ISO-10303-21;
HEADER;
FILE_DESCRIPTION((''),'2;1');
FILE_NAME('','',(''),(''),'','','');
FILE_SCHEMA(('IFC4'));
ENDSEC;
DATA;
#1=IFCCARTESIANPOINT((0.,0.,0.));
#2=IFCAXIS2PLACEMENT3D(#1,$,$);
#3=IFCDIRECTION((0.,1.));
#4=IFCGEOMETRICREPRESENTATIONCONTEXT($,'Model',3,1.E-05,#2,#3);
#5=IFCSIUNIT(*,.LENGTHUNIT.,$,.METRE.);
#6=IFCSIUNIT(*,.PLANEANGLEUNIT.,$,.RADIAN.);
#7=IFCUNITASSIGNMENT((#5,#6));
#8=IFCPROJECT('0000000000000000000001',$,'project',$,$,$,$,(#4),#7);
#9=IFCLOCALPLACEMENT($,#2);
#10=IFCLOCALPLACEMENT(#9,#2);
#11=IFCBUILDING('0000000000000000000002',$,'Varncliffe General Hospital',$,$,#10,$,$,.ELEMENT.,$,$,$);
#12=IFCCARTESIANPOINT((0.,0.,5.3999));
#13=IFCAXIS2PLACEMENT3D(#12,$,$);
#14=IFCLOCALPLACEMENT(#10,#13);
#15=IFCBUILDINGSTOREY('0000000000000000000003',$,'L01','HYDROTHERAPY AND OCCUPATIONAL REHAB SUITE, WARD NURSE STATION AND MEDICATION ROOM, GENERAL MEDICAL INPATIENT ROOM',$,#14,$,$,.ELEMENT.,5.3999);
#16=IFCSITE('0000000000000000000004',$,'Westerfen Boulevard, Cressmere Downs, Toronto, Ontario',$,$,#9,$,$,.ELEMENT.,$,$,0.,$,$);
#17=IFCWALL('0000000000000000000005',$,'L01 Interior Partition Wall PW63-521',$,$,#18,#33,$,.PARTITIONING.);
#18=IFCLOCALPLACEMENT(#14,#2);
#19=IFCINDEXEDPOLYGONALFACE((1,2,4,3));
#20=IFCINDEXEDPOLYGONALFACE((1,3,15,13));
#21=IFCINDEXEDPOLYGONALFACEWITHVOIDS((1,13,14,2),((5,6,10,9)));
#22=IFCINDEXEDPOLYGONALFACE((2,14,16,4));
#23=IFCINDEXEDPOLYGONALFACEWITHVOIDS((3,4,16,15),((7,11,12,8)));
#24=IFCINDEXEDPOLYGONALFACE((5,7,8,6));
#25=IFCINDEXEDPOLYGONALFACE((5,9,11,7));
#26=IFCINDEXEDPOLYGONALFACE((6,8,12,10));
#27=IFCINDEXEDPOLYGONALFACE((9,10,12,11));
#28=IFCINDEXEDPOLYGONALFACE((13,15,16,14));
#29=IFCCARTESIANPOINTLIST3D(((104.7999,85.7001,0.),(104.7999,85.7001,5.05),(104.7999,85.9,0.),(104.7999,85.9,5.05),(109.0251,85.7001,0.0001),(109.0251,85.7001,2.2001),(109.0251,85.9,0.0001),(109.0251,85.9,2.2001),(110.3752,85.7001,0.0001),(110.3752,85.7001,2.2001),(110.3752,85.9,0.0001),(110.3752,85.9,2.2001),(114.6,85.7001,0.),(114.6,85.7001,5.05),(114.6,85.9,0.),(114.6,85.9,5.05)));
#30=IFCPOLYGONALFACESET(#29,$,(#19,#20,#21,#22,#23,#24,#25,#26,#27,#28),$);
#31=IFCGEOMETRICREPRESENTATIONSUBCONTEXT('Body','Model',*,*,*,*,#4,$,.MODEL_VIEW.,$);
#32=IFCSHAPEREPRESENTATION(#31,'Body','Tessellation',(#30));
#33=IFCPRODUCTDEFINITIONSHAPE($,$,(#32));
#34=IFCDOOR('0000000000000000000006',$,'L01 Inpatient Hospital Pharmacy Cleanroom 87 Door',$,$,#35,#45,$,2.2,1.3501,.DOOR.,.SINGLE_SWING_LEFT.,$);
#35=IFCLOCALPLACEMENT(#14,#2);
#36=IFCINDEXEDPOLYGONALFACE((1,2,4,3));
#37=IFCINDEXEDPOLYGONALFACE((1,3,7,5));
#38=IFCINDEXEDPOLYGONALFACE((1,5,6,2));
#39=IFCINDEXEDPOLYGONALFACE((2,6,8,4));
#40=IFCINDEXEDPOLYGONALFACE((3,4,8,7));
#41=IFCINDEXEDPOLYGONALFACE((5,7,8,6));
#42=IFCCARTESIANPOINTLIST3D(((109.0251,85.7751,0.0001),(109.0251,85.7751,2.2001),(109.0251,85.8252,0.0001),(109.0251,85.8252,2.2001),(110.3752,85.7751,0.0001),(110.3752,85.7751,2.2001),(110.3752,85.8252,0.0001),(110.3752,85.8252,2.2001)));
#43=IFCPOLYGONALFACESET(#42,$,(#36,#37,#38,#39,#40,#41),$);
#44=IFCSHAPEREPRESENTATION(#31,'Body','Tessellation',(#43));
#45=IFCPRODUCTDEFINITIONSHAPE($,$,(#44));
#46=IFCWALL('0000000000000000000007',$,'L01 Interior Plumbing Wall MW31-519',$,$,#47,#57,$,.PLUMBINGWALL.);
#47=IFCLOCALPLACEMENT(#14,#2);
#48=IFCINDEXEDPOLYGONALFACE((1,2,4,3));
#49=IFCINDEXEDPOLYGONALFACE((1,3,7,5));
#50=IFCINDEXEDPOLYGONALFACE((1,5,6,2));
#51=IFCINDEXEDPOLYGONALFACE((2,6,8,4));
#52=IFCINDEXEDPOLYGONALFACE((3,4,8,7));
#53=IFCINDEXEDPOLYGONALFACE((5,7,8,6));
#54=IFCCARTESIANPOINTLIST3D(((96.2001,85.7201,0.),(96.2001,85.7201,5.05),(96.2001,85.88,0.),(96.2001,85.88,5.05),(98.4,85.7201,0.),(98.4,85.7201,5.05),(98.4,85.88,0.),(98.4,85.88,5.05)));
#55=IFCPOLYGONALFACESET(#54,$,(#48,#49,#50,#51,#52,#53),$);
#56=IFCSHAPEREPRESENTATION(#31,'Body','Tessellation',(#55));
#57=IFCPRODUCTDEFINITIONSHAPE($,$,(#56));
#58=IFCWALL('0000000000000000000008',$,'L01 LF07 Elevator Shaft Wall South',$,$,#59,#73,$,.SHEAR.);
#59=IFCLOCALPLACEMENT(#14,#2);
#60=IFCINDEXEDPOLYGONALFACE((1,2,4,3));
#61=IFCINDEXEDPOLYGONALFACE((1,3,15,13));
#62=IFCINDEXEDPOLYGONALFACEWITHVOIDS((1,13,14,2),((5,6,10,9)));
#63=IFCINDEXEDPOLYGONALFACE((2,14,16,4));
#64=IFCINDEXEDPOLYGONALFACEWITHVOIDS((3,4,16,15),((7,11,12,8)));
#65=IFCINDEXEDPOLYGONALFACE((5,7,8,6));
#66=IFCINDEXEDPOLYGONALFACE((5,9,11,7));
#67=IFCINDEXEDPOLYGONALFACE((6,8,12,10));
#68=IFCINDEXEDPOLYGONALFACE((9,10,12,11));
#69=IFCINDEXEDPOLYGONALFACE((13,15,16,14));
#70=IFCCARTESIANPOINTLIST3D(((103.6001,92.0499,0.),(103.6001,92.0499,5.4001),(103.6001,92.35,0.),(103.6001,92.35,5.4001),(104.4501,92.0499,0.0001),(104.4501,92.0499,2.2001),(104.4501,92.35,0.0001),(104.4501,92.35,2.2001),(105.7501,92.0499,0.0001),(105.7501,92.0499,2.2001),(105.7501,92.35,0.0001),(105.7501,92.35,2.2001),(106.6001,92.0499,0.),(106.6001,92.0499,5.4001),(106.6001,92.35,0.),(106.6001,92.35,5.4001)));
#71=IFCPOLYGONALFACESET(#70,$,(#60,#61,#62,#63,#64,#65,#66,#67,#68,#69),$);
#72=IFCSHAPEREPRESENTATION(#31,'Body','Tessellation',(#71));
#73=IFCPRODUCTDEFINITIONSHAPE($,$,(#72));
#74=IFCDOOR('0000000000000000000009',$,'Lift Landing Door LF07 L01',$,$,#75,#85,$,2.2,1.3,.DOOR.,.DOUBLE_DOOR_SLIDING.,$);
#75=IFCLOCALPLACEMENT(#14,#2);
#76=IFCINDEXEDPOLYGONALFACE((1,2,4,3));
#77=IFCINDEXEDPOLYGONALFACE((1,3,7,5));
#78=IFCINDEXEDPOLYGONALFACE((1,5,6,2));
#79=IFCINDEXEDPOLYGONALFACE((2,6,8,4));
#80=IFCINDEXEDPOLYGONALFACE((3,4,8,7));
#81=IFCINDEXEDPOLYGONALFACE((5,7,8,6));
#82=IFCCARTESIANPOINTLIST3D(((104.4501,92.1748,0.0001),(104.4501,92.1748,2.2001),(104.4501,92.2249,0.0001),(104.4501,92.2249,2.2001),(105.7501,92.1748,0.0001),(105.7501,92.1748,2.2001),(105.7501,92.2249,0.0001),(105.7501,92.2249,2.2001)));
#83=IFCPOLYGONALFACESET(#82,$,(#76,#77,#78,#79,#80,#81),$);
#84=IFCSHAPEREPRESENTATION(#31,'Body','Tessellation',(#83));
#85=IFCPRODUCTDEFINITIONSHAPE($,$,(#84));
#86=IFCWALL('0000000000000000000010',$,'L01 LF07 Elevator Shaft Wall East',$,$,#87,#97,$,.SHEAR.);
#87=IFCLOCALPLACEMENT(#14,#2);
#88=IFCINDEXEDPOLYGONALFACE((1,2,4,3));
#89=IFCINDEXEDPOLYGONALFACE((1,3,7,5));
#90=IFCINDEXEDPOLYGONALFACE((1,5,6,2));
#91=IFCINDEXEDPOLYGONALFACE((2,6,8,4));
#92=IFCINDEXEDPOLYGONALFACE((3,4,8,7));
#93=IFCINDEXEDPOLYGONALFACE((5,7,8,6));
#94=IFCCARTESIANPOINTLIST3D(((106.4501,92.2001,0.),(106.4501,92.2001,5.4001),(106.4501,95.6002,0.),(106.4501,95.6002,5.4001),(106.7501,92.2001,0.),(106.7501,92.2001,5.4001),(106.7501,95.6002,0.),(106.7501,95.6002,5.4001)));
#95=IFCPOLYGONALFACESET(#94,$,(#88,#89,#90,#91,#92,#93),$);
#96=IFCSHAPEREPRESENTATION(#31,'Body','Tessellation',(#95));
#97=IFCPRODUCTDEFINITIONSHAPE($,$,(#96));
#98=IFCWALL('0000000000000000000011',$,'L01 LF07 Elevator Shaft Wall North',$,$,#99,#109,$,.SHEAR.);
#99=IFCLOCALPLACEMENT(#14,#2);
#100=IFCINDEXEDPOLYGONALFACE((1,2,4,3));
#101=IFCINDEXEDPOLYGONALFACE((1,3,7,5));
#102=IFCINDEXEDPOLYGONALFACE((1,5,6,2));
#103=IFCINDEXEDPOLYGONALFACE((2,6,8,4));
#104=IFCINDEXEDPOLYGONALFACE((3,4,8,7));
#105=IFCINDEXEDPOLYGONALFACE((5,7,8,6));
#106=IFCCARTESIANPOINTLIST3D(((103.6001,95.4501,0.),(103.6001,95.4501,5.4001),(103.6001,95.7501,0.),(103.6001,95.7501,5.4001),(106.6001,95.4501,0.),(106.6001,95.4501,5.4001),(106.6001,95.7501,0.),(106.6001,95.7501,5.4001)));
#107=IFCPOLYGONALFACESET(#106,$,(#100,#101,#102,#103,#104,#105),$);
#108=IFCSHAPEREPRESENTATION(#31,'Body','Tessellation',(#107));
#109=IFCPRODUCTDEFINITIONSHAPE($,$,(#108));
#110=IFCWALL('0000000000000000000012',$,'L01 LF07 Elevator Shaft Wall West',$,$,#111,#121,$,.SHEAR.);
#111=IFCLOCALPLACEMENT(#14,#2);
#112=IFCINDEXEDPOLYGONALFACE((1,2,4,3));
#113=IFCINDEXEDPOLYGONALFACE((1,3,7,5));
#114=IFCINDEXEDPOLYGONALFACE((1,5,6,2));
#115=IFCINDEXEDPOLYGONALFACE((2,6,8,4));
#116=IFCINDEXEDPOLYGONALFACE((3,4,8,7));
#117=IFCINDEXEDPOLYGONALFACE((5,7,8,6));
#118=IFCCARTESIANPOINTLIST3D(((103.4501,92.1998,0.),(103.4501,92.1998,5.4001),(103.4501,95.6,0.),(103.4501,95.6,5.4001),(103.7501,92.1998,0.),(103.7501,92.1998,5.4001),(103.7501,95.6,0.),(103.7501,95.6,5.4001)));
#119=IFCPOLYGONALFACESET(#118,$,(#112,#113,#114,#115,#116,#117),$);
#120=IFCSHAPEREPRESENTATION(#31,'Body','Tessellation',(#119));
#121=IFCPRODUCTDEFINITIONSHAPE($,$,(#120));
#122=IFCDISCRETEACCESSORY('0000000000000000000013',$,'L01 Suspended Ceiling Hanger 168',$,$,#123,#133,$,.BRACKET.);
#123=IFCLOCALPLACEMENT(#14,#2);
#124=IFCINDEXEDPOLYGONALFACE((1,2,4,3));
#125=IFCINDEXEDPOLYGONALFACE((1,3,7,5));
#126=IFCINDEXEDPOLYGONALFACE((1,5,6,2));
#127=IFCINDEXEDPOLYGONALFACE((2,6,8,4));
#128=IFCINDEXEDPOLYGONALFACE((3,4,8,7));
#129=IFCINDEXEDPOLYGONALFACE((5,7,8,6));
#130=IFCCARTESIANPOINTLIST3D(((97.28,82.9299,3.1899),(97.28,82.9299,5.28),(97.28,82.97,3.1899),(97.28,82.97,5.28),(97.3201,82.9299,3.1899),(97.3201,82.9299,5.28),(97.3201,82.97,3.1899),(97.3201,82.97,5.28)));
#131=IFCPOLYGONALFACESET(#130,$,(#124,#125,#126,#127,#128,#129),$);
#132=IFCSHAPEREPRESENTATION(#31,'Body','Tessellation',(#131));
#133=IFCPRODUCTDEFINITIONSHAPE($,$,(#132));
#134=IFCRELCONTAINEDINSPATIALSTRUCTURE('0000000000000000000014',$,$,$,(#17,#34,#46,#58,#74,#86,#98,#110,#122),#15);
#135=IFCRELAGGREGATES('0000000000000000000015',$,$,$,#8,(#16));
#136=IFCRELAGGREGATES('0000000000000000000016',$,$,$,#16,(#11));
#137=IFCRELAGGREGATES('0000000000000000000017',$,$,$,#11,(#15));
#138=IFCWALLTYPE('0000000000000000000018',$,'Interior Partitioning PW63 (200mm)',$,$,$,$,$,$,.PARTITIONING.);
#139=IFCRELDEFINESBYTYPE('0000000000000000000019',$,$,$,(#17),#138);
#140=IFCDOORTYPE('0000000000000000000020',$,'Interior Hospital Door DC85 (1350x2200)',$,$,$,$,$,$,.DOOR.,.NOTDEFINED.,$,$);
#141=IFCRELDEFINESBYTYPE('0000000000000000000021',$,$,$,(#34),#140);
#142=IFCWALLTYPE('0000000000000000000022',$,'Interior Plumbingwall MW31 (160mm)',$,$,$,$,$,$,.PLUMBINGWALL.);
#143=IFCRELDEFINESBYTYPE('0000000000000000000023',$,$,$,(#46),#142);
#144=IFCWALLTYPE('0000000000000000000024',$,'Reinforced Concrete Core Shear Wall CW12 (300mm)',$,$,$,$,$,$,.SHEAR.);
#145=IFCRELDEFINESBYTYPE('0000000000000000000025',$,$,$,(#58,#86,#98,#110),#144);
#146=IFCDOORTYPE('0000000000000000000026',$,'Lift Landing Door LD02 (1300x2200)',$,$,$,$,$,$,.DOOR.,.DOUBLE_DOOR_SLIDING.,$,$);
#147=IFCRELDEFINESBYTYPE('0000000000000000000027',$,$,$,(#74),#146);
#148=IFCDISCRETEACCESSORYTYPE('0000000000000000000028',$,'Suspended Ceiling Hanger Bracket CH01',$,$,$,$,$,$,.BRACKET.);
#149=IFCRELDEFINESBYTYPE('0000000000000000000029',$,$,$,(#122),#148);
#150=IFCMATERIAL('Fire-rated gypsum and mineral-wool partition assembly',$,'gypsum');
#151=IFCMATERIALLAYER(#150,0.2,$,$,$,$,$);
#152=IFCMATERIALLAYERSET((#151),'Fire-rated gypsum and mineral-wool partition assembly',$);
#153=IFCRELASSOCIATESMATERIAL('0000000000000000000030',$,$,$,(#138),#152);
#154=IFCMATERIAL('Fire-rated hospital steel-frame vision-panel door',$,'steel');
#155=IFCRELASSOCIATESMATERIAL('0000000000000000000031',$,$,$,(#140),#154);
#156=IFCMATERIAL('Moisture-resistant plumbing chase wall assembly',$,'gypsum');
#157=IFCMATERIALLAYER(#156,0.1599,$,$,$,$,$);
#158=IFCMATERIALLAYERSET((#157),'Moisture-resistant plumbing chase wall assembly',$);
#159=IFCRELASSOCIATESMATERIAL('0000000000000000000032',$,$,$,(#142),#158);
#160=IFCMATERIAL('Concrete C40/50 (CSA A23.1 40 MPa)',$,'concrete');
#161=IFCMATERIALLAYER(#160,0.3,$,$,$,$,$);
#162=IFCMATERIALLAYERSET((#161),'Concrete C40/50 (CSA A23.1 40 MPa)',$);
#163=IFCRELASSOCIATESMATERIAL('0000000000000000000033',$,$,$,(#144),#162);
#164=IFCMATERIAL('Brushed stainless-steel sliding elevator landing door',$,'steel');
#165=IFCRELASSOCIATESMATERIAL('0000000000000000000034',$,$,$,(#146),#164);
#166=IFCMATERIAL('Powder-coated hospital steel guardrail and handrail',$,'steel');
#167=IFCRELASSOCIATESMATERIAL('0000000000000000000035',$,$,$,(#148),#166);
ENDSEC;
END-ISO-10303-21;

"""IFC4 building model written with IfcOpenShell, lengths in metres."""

from ifc_helpers import new_model, si_unit, direction, frame, frame_2d, origin, origin_2d, place, context, subcontext, project, spatial, rectangle, extrude, material, layer, layer_set, type_object, element, fill, save


model = new_model("IFC4")

# Units and contexts
model_context = context("Model", 3, precision=1e-05, world=origin(), true_north=direction((0.0, 1.0)))
body_context = subcontext(model_context, "Body", "Model", "MODEL_VIEW")
ifc_project = project(units=[si_unit("LENGTHUNIT", "METRE"), si_unit("PLANEANGLEUNIT", "RADIAN")], contexts=[model_context])

# Site, building, storey
site_placement = place(None, origin())
site = spatial("IfcSite", under=ifc_project, at=site_placement, Name="Westerfen Boulevard, Cressmere Downs, Toronto, Ontario", CompositionType="ELEMENT", RefElevation=0.0)
building_placement = place(site_placement, origin())
building = spatial("IfcBuilding", under=site, at=building_placement, Name="Varncliffe General Hospital", CompositionType="ELEMENT")
storey_placement = place(building_placement, frame((0.0, 0.0, 5.3999)))
storey = spatial("IfcBuildingStorey", under=building, at=storey_placement, Name="L01", Description="HYDROTHERAPY AND OCCUPATIONAL REHAB SUITE, WARD NURSE STATION AND MEDICATION ROOM, GENERAL MEDICAL INPATIENT ROOM", CompositionType="ELEMENT", Elevation=5.3999)

# Shared definitions
ifc_material_1 = material(Name="Concrete C40/50 (CSA A23.1 40 MPa)", Category="concrete")

# Shared definitions
ifc_material_2 = material(Name="Fire-rated gypsum and mineral-wool partition assembly", Category="gypsum")

# Wall, opening, door
ifc_material_3 = material(Name="Fire-rated hospital steel-frame vision-panel door", Category="steel")
ifc_layer_1 = layer(ifc_material_2, 0.2)
ifc_layer_set_1 = layer_set([ifc_layer_1], Name="Fire-rated gypsum and mineral-wool partition assembly")
wall_type_1 = type_object("IfcWallType", Name="Interior Partitioning PW63 (200mm)", PredefinedType="PARTITIONING", material=ifc_layer_set_1)
wall_1_placement = place(storey_placement, frame((104.8, 85.8, 0.0), z_axis=(0.0, 0.0, 1.0), x_axis=(1.0, 0.0, 0.0)))
wall_1 = element("IfcWall", 1, at=wall_1_placement, inside=storey, type_object=wall_type_1, Name="L01 Interior Partition Wall PW63-521", PredefinedType="PARTITIONING", context=body_context, shape_type="SweptSolid", body=[
    extrude(rectangle(XDim=9.8, YDim=0.2, at=frame_2d((4.8999, 0.0))), origin(), (0.0, 0.0, 1.0), 5.05),
])
opening_1_placement = place(wall_1_placement, frame((4.2251, 0.0, 0.0)))
opening_1 = element("IfcOpeningElement", 2, at=opening_1_placement, cuts=wall_1, PredefinedType="OPENING", context=body_context, shape_type="SweptSolid", body=[
    extrude(rectangle(XDim=1.3501, YDim=2.2, at=frame_2d((0.675, 1.1001))), frame((0.0, 0.1099, 0.0), z_axis=(0.0, -1.0, 0.0), x_axis=(1.0, 0.0, 0.0)), (0.0, 0.0, 1.0), 0.22),
])
door_type_1 = type_object("IfcDoorType", Name="Interior Hospital Door DC85 (1350x2200)", OperationType="NOTDEFINED", PredefinedType="DOOR", material=ifc_material_3)
door_1_placement = place(opening_1_placement, frame((1.3501, 0.0, 0.0), z_axis=(0.0, 0.0, 1.0), x_axis=(-1.0, 0.0, 0.0)))
door_1 = element("IfcDoor", 3, at=door_1_placement, inside=storey, type_object=door_type_1, Name="L01 Inpatient Hospital Pharmacy Cleanroom 87 Door", OperationType="SINGLE_SWING_LEFT", OverallHeight=2.2, OverallWidth=1.3501, PredefinedType="DOOR", context=body_context, shape_type="SweptSolid", body=[
    extrude(rectangle(XDim=1.3501, YDim=2.2, at=frame_2d((0.675, 1.1001))), frame((0.0, 0.0249, 0.0), z_axis=(0.0, -1.0, 0.0), x_axis=(1.0, 0.0, 0.0)), (0.0, 0.0, 1.0), 0.05),
])
fill(opening_1, door_1)

# Wall
ifc_material_4 = material(Name="Moisture-resistant plumbing chase wall assembly", Category="gypsum")
ifc_layer_2 = layer(ifc_material_4, 0.1599)
ifc_layer_set_2 = layer_set([ifc_layer_2], Name="Moisture-resistant plumbing chase wall assembly")
wall_type_2 = type_object("IfcWallType", Name="Interior Plumbingwall MW31 (160mm)", PredefinedType="PLUMBINGWALL", material=ifc_layer_set_2)
wall_2_placement = place(storey_placement, frame((96.2, 85.8, 0.0), z_axis=(0.0, 0.0, 1.0), x_axis=(1.0, 0.0, 0.0)))
element("IfcWall", 4, at=wall_2_placement, inside=storey, type_object=wall_type_2, Name="L01 Interior Plumbing Wall MW31-519", PredefinedType="PLUMBINGWALL", context=body_context, shape_type="SweptSolid", body=[
    extrude(rectangle(XDim=2.2, YDim=0.1599, at=frame_2d((1.1001, 0.0))), origin(), (0.0, 0.0, 1.0), 5.05),
])

# Wall, opening, door
ifc_layer_3 = layer(ifc_material_1, 0.3)
ifc_layer_set_3 = layer_set([ifc_layer_3], Name="Concrete C40/50 (CSA A23.1 40 MPa)")
wall_type_3 = type_object("IfcWallType", Name="Reinforced Concrete Core Shear Wall CW12 (300mm)", PredefinedType="SHEAR", material=ifc_layer_set_3)
wall_3_placement = place(storey_placement, frame((103.6001, 92.2, 0.0), z_axis=(0.0, 0.0, 1.0), x_axis=(1.0, 0.0, 0.0)))
wall_3 = element("IfcWall", 5, at=wall_3_placement, inside=storey, type_object=wall_type_3, Name="L01 LF07 Elevator Shaft Wall South", PredefinedType="SHEAR", context=body_context, shape_type="SweptSolid", body=[
    extrude(rectangle(XDim=3.0, YDim=0.3, at=frame_2d((1.5, 0.0))), origin(), (0.0, 0.0, 1.0), 5.4001),
])
opening_2_placement = place(wall_3_placement, frame((0.8501, 0.0, 0.0)))
opening_2 = element("IfcOpeningElement", 6, at=opening_2_placement, cuts=wall_3, PredefinedType="OPENING", context=body_context, shape_type="SweptSolid", body=[
    extrude(rectangle(XDim=1.3, YDim=2.2, at=frame_2d((0.6499, 1.1001))), frame((0.0, 0.1602, 0.0), z_axis=(0.0, -1.0, 0.0), x_axis=(1.0, 0.0, 0.0)), (0.0, 0.0, 1.0), 0.3201),
])
ifc_material_5 = material(Name="Brushed stainless-steel sliding elevator landing door", Category="steel")
door_type_2 = type_object("IfcDoorType", Name="Lift Landing Door LD02 (1300x2200)", OperationType="DOUBLE_DOOR_SLIDING", PredefinedType="DOOR", material=ifc_material_5)
door_2_placement = place(opening_2_placement, origin())
door_2 = element("IfcDoor", 7, at=door_2_placement, inside=storey, type_object=door_type_2, Name="Lift Landing Door LF07 L01", OperationType="DOUBLE_DOOR_SLIDING", OverallHeight=2.2, OverallWidth=1.3, PredefinedType="DOOR", context=body_context, shape_type="SweptSolid", body=[
    extrude(rectangle(XDim=1.3, YDim=2.2, at=frame_2d((0.6499, 1.1001))), frame((0.0, 0.0249, 0.0), z_axis=(0.0, -1.0, 0.0), x_axis=(1.0, 0.0, 0.0)), (0.0, 0.0, 1.0), 0.05),
])
fill(opening_2, door_2)

# Walls
wall_4_placement = place(storey_placement, frame((106.6001, 92.2, 0.0), z_axis=(0.0, 0.0, 1.0), x_axis=(0.0, 1.0, 0.0)))
element("IfcWall", 8, at=wall_4_placement, inside=storey, type_object=wall_type_3, Name="L01 LF07 Elevator Shaft Wall East", PredefinedType="SHEAR", context=body_context, shape_type="SweptSolid", body=[
    extrude(rectangle(XDim=3.4001, YDim=0.3, at=frame_2d((1.7002, 0.0))), origin(), (0.0, 0.0, 1.0), 5.4001),
])
wall_5_placement = place(storey_placement, frame((106.6001, 95.6001, 0.0), z_axis=(0.0, 0.0, 1.0), x_axis=(-1.0, 0.0, 0.0)))
element("IfcWall", 9, at=wall_5_placement, inside=storey, type_object=wall_type_3, Name="L01 LF07 Elevator Shaft Wall North", PredefinedType="SHEAR", context=body_context, shape_type="SweptSolid", body=[
    extrude(rectangle(XDim=3.0, YDim=0.3, at=frame_2d((1.5, 0.0))), origin(), (0.0, 0.0, 1.0), 5.4001),
])
wall_6_placement = place(storey_placement, frame((103.6001, 95.6001, 0.0), z_axis=(0.0, 0.0, 1.0), x_axis=(0.0, -1.0, 0.0)))
element("IfcWall", 10, at=wall_6_placement, inside=storey, type_object=wall_type_3, Name="L01 LF07 Elevator Shaft Wall West", PredefinedType="SHEAR", context=body_context, shape_type="SweptSolid", body=[
    extrude(rectangle(XDim=3.4001, YDim=0.3, at=frame_2d((1.7002, 0.0))), origin(), (0.0, 0.0, 1.0), 5.4001),
])

# Discrete accessory
ifc_material_6 = material(Name="Powder-coated hospital steel guardrail and handrail", Category="steel")
discrete_accessory_type = type_object("IfcDiscreteAccessoryType", Name="Suspended Ceiling Hanger Bracket CH01", PredefinedType="BRACKET", material=ifc_material_6)
discrete_accessory_placement = place(storey_placement, frame((97.3, 82.95, 3.1899), z_axis=(0.0, 0.0, 1.0), x_axis=(1.0, 0.0, 0.0)))
element("IfcDiscreteAccessory", 11, at=discrete_accessory_placement, inside=storey, type_object=discrete_accessory_type, Name="L01 Suspended Ceiling Hanger 168", PredefinedType="BRACKET", context=body_context, shape_type="SweptSolid", body=[
    extrude(rectangle(XDim=0.04, YDim=0.04, at=origin_2d()), origin(), (0.0, 0.0, 1.0), 2.0901),
])

save(model, "model.ifc")
